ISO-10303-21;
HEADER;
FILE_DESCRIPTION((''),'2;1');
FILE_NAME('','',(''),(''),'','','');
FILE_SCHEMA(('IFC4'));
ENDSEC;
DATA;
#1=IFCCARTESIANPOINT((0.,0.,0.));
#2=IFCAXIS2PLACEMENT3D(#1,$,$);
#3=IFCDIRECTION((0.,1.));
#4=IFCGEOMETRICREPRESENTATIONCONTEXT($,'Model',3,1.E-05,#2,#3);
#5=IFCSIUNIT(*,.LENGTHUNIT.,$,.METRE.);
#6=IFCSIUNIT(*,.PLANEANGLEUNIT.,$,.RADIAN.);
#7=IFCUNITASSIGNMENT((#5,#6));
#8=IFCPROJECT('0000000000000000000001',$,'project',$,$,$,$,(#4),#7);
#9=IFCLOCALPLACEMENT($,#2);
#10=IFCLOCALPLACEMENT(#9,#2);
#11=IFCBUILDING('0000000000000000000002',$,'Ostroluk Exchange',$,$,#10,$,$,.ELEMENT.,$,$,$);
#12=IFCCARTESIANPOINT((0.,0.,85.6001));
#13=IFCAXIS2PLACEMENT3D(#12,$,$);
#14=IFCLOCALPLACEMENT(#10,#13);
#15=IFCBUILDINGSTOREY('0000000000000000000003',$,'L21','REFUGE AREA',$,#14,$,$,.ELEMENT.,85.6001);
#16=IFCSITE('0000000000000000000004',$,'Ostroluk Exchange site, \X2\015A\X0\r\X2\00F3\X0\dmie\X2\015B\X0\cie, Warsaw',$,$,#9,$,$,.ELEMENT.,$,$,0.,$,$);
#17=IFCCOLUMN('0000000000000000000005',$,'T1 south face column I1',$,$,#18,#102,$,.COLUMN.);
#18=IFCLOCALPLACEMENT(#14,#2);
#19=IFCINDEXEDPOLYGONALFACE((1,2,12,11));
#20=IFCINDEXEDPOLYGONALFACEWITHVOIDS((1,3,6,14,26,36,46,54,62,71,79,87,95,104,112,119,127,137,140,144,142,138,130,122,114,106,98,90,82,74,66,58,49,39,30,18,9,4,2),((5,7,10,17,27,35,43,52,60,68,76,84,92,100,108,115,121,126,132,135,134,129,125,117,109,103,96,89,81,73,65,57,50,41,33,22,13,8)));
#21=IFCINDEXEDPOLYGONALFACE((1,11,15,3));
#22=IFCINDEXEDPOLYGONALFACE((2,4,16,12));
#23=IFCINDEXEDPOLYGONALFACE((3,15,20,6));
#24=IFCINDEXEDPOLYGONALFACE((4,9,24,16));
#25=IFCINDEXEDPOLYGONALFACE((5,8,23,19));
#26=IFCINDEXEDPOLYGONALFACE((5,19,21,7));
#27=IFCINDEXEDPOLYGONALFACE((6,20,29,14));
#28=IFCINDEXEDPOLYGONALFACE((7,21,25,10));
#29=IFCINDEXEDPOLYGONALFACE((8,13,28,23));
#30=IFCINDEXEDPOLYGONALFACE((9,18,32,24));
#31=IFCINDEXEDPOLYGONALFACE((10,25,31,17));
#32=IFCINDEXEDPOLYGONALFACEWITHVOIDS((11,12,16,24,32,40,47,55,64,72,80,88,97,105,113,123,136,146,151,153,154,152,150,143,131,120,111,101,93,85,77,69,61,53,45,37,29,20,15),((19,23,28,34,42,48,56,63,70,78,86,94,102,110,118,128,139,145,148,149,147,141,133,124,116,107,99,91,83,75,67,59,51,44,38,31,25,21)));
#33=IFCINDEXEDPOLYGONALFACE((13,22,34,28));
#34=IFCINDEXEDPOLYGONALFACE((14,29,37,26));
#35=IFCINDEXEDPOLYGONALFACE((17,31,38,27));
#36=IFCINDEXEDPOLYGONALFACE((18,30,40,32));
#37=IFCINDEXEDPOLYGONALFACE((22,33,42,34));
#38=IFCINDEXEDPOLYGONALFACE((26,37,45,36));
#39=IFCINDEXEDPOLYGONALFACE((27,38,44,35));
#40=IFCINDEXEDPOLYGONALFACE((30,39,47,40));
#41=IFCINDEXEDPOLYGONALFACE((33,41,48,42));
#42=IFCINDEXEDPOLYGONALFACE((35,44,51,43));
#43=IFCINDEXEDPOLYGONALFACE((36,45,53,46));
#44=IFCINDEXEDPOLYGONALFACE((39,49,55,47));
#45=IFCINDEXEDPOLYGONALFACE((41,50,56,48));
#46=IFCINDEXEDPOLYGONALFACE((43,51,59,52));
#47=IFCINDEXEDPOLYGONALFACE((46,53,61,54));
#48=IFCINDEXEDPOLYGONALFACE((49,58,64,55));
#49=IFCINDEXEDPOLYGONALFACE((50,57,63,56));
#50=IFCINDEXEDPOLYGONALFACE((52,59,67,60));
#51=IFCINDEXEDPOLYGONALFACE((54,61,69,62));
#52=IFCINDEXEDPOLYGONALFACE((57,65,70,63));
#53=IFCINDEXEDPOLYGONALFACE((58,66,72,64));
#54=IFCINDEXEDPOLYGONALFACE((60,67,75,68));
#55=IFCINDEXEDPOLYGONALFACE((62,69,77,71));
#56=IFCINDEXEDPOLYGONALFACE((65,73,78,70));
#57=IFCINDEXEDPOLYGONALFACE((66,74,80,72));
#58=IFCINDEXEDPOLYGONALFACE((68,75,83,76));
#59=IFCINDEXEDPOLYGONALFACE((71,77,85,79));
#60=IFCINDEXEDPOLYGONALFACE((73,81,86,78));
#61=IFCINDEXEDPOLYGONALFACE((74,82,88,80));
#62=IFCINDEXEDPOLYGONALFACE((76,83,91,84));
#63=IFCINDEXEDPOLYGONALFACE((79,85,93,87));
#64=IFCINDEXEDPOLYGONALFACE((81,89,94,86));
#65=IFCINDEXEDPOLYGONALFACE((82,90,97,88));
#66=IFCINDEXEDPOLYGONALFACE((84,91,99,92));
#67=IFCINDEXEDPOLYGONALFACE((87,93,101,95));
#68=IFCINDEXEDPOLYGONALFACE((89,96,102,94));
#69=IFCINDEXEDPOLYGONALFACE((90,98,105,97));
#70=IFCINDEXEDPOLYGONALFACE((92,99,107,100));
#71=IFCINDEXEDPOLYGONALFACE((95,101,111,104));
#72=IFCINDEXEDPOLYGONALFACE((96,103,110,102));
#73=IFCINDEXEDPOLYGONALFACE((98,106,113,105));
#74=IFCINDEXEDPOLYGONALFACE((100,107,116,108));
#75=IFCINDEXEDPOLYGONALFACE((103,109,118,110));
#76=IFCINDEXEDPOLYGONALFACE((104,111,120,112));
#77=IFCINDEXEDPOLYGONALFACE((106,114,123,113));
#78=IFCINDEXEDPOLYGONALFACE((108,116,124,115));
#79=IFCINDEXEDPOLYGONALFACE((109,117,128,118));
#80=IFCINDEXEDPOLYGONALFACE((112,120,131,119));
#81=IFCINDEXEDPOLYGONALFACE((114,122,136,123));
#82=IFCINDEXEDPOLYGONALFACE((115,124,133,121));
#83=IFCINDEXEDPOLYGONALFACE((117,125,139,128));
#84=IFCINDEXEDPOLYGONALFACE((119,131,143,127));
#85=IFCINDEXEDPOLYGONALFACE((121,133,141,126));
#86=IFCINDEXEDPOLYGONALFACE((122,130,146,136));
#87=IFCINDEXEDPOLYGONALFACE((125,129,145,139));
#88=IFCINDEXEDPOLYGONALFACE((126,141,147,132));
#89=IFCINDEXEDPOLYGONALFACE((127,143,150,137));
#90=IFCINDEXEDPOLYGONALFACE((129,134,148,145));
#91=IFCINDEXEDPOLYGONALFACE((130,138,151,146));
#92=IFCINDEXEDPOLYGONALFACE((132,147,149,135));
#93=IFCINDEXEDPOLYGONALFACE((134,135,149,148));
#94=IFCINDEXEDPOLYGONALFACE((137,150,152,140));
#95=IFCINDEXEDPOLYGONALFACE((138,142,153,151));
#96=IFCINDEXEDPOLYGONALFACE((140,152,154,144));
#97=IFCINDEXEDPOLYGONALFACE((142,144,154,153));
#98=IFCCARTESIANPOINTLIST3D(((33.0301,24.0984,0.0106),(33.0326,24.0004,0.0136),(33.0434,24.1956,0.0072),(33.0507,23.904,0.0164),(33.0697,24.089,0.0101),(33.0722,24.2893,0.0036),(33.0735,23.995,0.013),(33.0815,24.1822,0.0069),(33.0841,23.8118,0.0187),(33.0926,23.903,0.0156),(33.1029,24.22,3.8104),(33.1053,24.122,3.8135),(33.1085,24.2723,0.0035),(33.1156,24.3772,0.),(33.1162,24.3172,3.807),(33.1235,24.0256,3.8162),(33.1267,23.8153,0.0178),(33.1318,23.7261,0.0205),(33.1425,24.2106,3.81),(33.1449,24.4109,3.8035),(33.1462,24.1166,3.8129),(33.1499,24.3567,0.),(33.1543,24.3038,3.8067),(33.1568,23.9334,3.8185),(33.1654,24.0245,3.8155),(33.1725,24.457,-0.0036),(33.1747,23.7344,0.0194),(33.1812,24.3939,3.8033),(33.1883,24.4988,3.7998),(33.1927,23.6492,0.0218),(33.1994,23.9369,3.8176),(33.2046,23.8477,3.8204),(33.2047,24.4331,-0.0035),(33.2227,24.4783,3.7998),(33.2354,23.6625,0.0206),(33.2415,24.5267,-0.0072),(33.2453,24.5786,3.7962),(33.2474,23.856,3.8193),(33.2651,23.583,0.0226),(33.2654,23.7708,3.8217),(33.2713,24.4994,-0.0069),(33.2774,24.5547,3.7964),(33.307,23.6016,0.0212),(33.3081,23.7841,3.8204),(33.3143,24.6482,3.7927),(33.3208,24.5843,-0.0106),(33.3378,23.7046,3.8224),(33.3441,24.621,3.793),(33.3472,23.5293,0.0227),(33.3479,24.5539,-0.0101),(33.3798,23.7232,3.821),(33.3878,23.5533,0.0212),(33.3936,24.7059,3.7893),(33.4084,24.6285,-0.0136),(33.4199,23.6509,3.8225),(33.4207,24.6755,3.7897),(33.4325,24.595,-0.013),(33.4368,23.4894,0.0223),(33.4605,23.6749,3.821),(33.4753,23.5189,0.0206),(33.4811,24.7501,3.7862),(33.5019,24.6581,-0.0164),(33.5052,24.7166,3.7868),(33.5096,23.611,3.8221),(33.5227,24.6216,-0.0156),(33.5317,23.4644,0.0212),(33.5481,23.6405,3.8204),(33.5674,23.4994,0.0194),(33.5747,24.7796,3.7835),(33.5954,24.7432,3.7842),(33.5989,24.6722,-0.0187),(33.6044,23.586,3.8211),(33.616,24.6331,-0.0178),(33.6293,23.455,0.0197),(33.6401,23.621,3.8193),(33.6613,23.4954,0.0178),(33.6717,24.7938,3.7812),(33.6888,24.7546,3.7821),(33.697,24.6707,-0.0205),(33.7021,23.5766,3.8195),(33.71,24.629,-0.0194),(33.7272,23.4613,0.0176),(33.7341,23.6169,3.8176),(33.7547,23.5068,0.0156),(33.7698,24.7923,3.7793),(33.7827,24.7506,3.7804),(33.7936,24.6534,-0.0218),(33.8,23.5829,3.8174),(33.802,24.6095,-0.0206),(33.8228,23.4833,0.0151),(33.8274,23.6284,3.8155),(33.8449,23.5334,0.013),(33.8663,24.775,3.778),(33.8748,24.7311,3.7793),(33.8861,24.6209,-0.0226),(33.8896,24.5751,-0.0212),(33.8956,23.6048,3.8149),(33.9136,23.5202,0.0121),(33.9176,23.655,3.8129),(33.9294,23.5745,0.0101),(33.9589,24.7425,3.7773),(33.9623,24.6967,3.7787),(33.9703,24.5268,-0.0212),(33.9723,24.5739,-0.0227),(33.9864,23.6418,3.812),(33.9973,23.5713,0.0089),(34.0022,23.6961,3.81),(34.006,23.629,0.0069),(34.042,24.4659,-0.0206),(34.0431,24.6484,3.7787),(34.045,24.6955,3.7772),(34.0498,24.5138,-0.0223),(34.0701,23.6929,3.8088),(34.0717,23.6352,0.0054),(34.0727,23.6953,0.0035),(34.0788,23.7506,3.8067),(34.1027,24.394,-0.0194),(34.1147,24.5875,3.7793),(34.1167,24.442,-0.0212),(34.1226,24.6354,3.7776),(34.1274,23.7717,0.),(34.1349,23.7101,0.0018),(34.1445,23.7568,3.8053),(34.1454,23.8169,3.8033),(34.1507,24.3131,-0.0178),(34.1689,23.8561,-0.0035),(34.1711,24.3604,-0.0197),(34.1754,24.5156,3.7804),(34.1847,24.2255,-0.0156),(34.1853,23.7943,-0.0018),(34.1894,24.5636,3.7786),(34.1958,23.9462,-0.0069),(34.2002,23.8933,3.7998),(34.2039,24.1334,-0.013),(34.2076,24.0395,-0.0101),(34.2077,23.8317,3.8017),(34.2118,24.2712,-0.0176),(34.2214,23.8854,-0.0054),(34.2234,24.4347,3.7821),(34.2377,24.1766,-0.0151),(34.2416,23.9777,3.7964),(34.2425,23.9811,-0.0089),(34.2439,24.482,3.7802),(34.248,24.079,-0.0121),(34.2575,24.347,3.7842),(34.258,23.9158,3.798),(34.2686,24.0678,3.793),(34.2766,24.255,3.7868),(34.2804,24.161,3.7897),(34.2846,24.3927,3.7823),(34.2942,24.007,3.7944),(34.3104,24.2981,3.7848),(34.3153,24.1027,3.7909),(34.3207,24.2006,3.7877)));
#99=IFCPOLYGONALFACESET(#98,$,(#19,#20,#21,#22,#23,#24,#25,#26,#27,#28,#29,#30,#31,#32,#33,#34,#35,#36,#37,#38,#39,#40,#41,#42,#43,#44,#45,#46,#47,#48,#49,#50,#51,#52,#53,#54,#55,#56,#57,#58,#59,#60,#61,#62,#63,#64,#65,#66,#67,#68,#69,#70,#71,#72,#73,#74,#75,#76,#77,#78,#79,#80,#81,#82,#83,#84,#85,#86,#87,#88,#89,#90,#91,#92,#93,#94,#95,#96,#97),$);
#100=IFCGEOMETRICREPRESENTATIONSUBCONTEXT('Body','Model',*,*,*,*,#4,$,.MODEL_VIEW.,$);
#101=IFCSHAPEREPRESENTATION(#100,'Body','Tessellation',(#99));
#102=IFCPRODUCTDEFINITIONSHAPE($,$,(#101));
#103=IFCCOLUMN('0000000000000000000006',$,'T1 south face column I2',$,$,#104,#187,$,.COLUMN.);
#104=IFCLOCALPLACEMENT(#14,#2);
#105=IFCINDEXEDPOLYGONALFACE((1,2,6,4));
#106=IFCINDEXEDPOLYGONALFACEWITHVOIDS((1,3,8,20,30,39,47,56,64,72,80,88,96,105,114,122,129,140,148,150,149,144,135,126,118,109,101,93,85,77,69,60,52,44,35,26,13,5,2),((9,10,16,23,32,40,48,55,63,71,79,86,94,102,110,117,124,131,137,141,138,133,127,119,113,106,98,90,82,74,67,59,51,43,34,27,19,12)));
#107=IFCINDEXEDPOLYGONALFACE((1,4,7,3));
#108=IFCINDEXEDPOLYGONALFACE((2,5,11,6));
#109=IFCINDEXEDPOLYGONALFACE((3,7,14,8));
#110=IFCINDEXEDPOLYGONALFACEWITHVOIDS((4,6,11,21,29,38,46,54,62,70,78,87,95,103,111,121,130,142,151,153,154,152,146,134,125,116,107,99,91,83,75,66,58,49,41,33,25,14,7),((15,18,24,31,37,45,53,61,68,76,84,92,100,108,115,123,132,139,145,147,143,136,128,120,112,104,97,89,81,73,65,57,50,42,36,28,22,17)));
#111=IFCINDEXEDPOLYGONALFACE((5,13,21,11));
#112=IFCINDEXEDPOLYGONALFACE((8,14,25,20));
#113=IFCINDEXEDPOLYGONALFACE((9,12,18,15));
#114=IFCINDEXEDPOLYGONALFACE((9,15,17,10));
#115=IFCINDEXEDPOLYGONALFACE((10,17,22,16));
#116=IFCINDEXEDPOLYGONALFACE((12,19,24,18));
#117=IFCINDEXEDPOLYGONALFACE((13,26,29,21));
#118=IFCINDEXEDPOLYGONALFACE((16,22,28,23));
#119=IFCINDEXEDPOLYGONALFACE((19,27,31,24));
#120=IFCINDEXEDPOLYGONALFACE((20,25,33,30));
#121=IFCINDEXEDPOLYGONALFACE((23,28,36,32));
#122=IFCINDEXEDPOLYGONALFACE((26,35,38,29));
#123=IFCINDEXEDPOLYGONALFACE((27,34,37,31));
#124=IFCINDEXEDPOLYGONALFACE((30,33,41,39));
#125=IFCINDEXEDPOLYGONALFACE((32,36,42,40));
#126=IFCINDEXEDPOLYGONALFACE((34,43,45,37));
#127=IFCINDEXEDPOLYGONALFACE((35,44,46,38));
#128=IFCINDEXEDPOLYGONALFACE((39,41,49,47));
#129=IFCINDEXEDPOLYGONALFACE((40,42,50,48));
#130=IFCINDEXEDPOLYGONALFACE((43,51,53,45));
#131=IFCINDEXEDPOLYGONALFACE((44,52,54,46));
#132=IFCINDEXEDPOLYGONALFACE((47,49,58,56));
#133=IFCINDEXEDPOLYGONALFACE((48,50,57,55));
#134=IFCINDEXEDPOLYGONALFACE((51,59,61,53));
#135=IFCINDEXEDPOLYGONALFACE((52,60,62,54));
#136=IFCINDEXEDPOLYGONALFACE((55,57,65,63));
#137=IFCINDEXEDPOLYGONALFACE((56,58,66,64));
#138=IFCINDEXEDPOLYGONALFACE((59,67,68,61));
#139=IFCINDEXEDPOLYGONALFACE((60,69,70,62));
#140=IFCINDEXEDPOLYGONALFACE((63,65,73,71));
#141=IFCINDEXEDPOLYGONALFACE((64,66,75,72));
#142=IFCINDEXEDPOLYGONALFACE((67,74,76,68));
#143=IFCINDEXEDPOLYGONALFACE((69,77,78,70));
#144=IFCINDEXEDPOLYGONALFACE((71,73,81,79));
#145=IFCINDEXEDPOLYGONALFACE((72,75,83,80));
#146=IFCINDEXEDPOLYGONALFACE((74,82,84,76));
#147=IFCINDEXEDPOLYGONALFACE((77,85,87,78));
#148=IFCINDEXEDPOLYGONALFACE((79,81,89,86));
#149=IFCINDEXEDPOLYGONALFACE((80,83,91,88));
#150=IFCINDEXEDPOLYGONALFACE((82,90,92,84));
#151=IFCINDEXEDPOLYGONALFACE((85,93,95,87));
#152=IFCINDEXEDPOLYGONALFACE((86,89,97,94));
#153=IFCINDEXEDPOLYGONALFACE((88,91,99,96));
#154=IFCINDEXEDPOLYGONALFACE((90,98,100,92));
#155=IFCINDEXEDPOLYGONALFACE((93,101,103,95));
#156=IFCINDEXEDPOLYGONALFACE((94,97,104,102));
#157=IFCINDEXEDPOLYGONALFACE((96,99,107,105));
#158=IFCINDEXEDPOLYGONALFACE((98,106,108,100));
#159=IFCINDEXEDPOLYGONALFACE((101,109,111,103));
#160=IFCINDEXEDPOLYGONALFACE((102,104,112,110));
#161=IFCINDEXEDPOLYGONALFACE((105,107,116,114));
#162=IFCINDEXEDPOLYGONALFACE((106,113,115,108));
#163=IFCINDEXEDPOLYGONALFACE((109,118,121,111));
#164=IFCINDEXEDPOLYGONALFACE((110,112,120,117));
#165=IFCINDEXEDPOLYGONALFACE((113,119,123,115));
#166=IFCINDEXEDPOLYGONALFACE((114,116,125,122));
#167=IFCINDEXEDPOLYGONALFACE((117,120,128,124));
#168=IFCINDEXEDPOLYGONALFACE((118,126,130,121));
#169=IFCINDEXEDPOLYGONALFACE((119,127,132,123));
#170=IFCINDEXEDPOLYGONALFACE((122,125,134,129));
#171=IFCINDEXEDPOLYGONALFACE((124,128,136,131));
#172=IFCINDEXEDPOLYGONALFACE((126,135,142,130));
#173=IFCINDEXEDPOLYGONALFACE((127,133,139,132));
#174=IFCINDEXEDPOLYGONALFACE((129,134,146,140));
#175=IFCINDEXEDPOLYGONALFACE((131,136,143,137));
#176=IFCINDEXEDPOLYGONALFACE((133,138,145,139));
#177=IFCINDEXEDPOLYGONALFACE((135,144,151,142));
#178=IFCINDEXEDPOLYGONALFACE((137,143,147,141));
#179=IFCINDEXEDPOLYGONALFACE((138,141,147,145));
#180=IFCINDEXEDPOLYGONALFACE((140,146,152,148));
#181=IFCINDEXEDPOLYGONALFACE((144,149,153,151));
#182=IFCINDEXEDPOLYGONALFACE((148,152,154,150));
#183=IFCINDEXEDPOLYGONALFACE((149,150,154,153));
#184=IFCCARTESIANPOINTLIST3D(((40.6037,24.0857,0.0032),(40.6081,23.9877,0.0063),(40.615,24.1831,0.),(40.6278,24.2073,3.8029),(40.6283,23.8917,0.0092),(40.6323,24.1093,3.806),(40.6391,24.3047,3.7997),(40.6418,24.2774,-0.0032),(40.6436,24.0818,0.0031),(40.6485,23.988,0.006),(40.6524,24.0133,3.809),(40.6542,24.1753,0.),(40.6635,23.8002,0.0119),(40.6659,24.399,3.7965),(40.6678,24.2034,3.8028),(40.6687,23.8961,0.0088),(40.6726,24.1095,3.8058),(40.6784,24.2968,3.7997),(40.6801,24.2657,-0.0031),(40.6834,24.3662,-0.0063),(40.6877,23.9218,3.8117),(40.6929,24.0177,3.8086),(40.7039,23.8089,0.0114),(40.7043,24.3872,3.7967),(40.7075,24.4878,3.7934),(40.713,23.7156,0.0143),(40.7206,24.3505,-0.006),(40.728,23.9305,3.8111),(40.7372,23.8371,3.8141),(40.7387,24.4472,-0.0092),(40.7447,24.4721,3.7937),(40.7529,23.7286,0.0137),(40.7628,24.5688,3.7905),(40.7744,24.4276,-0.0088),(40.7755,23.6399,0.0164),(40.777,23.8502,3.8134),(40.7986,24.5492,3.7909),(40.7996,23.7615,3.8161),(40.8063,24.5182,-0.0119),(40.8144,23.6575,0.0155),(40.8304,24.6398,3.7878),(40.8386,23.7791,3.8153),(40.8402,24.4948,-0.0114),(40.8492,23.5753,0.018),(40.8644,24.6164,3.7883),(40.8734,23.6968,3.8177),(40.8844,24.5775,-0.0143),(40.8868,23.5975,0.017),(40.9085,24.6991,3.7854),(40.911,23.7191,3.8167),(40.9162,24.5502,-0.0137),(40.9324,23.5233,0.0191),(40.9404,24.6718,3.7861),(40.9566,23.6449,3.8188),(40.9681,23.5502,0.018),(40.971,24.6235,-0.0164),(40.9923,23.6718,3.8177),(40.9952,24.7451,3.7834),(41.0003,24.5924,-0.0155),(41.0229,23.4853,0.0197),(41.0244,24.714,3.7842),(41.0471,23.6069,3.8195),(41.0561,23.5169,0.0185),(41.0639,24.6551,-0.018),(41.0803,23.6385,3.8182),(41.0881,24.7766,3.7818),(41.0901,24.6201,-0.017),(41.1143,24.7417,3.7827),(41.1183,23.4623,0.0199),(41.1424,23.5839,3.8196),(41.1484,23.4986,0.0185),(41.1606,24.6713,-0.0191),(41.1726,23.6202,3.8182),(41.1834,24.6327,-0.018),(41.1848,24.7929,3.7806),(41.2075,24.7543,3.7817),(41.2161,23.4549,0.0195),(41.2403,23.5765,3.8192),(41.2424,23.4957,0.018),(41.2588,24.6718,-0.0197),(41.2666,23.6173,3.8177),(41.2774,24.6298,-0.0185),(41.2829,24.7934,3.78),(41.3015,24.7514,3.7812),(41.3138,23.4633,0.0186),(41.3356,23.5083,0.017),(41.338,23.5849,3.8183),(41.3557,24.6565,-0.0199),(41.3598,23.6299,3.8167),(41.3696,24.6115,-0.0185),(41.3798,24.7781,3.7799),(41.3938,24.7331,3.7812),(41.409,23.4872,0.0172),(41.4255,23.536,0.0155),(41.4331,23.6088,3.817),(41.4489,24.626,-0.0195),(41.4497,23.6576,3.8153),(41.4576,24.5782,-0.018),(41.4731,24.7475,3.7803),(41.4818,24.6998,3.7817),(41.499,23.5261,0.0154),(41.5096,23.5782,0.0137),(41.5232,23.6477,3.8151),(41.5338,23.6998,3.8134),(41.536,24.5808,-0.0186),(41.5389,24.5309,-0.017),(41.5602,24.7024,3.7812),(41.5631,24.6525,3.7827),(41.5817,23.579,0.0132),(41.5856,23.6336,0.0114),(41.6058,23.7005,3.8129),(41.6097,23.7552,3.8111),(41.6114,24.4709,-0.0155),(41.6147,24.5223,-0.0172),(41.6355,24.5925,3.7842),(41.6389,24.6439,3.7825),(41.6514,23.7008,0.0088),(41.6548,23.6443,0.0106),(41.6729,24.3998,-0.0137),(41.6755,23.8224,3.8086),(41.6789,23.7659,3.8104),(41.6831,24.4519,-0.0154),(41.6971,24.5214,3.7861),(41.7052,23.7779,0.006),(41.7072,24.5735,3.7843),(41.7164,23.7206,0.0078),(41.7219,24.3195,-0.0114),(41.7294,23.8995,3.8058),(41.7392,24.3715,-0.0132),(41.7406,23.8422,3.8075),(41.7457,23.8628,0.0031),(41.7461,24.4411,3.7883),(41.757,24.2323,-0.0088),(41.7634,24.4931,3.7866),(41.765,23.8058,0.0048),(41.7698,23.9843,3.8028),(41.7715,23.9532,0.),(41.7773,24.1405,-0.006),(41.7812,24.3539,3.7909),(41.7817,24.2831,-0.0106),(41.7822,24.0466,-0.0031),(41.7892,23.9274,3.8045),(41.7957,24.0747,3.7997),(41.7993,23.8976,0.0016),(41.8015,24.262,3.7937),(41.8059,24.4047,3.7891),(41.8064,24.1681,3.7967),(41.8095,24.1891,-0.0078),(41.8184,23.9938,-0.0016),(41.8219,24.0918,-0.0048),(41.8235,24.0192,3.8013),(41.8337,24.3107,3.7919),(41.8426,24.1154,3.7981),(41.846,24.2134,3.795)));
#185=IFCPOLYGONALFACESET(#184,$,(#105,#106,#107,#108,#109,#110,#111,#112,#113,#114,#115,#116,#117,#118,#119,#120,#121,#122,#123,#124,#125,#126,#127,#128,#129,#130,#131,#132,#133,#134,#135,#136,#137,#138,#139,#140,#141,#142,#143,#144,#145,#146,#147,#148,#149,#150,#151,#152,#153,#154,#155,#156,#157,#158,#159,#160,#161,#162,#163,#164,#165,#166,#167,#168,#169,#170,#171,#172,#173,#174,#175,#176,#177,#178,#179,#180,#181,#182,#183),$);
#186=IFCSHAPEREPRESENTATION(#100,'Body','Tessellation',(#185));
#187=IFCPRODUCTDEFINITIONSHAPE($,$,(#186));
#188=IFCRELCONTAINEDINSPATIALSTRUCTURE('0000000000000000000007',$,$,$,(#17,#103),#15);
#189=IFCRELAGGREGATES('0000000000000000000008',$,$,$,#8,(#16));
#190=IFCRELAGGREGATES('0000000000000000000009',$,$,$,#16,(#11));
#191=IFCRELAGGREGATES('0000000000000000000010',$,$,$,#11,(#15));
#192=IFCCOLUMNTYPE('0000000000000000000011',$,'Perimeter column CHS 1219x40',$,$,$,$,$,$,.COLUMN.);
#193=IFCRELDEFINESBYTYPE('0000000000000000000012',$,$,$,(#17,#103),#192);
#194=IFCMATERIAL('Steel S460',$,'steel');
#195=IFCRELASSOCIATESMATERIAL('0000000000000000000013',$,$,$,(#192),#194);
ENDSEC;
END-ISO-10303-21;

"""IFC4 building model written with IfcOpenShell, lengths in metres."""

from ifc_helpers import new_model, si_unit, direction, frame, origin, origin_2d, place, context, subcontext, project, spatial, hollow_circle, extrude, material, material_profile, profile_set, type_object, element, save


model = new_model("IFC4")

# Units and contexts
model_context = context("Model", 3, precision=1e-05, world=origin(), true_north=direction((0.0, 1.0)))
body_context = subcontext(model_context, "Body", "Model", "MODEL_VIEW")
ifc_project = project(units=[si_unit("LENGTHUNIT", "METRE"), si_unit("PLANEANGLEUNIT", "RADIAN")], contexts=[model_context])

# Site, building, storey
site_placement = place(None, origin())
site = spatial("IfcSite", under=ifc_project, at=site_placement, Name="Ostroluk Exchange site, Śródmieście, Warsaw", CompositionType="ELEMENT", RefElevation=0.0)
building_placement = place(site_placement, origin())
building = spatial("IfcBuilding", under=site, at=building_placement, Name="Ostroluk Exchange", CompositionType="ELEMENT")
storey_placement = place(building_placement, frame((0.0, 0.0, 85.6001)))
storey = spatial("IfcBuildingStorey", under=building, at=storey_placement, Name="L21", Description="REFUGE AREA", CompositionType="ELEMENT", Elevation=85.6001)

# Columns
ifc_material_1 = material(Name="Steel S460", Category="steel")
ifc_material_profile_1 = material_profile(ifc_material_1, hollow_circle(Radius=0.6096, WallThickness=0.04, at=origin_2d()), Name="CHS 1219x40")
ifc_profile_set_1 = profile_set([ifc_material_profile_1], Name="Steel S460")
column_type = type_object("IfcColumnType", Name="Perimeter column CHS 1219x40", PredefinedType="COLUMN", material=ifc_profile_set_1)
column_1_placement = place(storey_placement, frame((33.6387, 24.0642, 0.0), z_axis=(0.019133, 0.031975, 0.999306), x_axis=(-0.8581, 0.513482, 0.0)))
element("IfcColumn", 1, at=column_1_placement, inside=storey, type_object=column_type, Name="T1 south face column I1", PredefinedType="COLUMN", context=body_context, shape_type="SweptSolid", body=[
    extrude(hollow_circle(Radius=0.6096, WallThickness=0.04, at=origin_2d()), origin(), (0.0, 0.0, 1.0), 3.8025),
])
column_2_placement = place(storey_placement, frame((41.2129, 24.0642, 0.0), z_axis=(0.006357, 0.03198, 0.999468), x_axis=(-0.980807, 0.19498, 0.0)))
element("IfcColumn", 2, at=column_2_placement, inside=storey, type_object=column_type, Name="T1 south face column I2", PredefinedType="COLUMN", context=body_context, shape_type="SweptSolid", body=[
    extrude(hollow_circle(Radius=0.6096, WallThickness=0.04, at=origin_2d()), origin(), (0.0, 0.0, 1.0), 3.8018),
])

save(model, "model.ifc")
